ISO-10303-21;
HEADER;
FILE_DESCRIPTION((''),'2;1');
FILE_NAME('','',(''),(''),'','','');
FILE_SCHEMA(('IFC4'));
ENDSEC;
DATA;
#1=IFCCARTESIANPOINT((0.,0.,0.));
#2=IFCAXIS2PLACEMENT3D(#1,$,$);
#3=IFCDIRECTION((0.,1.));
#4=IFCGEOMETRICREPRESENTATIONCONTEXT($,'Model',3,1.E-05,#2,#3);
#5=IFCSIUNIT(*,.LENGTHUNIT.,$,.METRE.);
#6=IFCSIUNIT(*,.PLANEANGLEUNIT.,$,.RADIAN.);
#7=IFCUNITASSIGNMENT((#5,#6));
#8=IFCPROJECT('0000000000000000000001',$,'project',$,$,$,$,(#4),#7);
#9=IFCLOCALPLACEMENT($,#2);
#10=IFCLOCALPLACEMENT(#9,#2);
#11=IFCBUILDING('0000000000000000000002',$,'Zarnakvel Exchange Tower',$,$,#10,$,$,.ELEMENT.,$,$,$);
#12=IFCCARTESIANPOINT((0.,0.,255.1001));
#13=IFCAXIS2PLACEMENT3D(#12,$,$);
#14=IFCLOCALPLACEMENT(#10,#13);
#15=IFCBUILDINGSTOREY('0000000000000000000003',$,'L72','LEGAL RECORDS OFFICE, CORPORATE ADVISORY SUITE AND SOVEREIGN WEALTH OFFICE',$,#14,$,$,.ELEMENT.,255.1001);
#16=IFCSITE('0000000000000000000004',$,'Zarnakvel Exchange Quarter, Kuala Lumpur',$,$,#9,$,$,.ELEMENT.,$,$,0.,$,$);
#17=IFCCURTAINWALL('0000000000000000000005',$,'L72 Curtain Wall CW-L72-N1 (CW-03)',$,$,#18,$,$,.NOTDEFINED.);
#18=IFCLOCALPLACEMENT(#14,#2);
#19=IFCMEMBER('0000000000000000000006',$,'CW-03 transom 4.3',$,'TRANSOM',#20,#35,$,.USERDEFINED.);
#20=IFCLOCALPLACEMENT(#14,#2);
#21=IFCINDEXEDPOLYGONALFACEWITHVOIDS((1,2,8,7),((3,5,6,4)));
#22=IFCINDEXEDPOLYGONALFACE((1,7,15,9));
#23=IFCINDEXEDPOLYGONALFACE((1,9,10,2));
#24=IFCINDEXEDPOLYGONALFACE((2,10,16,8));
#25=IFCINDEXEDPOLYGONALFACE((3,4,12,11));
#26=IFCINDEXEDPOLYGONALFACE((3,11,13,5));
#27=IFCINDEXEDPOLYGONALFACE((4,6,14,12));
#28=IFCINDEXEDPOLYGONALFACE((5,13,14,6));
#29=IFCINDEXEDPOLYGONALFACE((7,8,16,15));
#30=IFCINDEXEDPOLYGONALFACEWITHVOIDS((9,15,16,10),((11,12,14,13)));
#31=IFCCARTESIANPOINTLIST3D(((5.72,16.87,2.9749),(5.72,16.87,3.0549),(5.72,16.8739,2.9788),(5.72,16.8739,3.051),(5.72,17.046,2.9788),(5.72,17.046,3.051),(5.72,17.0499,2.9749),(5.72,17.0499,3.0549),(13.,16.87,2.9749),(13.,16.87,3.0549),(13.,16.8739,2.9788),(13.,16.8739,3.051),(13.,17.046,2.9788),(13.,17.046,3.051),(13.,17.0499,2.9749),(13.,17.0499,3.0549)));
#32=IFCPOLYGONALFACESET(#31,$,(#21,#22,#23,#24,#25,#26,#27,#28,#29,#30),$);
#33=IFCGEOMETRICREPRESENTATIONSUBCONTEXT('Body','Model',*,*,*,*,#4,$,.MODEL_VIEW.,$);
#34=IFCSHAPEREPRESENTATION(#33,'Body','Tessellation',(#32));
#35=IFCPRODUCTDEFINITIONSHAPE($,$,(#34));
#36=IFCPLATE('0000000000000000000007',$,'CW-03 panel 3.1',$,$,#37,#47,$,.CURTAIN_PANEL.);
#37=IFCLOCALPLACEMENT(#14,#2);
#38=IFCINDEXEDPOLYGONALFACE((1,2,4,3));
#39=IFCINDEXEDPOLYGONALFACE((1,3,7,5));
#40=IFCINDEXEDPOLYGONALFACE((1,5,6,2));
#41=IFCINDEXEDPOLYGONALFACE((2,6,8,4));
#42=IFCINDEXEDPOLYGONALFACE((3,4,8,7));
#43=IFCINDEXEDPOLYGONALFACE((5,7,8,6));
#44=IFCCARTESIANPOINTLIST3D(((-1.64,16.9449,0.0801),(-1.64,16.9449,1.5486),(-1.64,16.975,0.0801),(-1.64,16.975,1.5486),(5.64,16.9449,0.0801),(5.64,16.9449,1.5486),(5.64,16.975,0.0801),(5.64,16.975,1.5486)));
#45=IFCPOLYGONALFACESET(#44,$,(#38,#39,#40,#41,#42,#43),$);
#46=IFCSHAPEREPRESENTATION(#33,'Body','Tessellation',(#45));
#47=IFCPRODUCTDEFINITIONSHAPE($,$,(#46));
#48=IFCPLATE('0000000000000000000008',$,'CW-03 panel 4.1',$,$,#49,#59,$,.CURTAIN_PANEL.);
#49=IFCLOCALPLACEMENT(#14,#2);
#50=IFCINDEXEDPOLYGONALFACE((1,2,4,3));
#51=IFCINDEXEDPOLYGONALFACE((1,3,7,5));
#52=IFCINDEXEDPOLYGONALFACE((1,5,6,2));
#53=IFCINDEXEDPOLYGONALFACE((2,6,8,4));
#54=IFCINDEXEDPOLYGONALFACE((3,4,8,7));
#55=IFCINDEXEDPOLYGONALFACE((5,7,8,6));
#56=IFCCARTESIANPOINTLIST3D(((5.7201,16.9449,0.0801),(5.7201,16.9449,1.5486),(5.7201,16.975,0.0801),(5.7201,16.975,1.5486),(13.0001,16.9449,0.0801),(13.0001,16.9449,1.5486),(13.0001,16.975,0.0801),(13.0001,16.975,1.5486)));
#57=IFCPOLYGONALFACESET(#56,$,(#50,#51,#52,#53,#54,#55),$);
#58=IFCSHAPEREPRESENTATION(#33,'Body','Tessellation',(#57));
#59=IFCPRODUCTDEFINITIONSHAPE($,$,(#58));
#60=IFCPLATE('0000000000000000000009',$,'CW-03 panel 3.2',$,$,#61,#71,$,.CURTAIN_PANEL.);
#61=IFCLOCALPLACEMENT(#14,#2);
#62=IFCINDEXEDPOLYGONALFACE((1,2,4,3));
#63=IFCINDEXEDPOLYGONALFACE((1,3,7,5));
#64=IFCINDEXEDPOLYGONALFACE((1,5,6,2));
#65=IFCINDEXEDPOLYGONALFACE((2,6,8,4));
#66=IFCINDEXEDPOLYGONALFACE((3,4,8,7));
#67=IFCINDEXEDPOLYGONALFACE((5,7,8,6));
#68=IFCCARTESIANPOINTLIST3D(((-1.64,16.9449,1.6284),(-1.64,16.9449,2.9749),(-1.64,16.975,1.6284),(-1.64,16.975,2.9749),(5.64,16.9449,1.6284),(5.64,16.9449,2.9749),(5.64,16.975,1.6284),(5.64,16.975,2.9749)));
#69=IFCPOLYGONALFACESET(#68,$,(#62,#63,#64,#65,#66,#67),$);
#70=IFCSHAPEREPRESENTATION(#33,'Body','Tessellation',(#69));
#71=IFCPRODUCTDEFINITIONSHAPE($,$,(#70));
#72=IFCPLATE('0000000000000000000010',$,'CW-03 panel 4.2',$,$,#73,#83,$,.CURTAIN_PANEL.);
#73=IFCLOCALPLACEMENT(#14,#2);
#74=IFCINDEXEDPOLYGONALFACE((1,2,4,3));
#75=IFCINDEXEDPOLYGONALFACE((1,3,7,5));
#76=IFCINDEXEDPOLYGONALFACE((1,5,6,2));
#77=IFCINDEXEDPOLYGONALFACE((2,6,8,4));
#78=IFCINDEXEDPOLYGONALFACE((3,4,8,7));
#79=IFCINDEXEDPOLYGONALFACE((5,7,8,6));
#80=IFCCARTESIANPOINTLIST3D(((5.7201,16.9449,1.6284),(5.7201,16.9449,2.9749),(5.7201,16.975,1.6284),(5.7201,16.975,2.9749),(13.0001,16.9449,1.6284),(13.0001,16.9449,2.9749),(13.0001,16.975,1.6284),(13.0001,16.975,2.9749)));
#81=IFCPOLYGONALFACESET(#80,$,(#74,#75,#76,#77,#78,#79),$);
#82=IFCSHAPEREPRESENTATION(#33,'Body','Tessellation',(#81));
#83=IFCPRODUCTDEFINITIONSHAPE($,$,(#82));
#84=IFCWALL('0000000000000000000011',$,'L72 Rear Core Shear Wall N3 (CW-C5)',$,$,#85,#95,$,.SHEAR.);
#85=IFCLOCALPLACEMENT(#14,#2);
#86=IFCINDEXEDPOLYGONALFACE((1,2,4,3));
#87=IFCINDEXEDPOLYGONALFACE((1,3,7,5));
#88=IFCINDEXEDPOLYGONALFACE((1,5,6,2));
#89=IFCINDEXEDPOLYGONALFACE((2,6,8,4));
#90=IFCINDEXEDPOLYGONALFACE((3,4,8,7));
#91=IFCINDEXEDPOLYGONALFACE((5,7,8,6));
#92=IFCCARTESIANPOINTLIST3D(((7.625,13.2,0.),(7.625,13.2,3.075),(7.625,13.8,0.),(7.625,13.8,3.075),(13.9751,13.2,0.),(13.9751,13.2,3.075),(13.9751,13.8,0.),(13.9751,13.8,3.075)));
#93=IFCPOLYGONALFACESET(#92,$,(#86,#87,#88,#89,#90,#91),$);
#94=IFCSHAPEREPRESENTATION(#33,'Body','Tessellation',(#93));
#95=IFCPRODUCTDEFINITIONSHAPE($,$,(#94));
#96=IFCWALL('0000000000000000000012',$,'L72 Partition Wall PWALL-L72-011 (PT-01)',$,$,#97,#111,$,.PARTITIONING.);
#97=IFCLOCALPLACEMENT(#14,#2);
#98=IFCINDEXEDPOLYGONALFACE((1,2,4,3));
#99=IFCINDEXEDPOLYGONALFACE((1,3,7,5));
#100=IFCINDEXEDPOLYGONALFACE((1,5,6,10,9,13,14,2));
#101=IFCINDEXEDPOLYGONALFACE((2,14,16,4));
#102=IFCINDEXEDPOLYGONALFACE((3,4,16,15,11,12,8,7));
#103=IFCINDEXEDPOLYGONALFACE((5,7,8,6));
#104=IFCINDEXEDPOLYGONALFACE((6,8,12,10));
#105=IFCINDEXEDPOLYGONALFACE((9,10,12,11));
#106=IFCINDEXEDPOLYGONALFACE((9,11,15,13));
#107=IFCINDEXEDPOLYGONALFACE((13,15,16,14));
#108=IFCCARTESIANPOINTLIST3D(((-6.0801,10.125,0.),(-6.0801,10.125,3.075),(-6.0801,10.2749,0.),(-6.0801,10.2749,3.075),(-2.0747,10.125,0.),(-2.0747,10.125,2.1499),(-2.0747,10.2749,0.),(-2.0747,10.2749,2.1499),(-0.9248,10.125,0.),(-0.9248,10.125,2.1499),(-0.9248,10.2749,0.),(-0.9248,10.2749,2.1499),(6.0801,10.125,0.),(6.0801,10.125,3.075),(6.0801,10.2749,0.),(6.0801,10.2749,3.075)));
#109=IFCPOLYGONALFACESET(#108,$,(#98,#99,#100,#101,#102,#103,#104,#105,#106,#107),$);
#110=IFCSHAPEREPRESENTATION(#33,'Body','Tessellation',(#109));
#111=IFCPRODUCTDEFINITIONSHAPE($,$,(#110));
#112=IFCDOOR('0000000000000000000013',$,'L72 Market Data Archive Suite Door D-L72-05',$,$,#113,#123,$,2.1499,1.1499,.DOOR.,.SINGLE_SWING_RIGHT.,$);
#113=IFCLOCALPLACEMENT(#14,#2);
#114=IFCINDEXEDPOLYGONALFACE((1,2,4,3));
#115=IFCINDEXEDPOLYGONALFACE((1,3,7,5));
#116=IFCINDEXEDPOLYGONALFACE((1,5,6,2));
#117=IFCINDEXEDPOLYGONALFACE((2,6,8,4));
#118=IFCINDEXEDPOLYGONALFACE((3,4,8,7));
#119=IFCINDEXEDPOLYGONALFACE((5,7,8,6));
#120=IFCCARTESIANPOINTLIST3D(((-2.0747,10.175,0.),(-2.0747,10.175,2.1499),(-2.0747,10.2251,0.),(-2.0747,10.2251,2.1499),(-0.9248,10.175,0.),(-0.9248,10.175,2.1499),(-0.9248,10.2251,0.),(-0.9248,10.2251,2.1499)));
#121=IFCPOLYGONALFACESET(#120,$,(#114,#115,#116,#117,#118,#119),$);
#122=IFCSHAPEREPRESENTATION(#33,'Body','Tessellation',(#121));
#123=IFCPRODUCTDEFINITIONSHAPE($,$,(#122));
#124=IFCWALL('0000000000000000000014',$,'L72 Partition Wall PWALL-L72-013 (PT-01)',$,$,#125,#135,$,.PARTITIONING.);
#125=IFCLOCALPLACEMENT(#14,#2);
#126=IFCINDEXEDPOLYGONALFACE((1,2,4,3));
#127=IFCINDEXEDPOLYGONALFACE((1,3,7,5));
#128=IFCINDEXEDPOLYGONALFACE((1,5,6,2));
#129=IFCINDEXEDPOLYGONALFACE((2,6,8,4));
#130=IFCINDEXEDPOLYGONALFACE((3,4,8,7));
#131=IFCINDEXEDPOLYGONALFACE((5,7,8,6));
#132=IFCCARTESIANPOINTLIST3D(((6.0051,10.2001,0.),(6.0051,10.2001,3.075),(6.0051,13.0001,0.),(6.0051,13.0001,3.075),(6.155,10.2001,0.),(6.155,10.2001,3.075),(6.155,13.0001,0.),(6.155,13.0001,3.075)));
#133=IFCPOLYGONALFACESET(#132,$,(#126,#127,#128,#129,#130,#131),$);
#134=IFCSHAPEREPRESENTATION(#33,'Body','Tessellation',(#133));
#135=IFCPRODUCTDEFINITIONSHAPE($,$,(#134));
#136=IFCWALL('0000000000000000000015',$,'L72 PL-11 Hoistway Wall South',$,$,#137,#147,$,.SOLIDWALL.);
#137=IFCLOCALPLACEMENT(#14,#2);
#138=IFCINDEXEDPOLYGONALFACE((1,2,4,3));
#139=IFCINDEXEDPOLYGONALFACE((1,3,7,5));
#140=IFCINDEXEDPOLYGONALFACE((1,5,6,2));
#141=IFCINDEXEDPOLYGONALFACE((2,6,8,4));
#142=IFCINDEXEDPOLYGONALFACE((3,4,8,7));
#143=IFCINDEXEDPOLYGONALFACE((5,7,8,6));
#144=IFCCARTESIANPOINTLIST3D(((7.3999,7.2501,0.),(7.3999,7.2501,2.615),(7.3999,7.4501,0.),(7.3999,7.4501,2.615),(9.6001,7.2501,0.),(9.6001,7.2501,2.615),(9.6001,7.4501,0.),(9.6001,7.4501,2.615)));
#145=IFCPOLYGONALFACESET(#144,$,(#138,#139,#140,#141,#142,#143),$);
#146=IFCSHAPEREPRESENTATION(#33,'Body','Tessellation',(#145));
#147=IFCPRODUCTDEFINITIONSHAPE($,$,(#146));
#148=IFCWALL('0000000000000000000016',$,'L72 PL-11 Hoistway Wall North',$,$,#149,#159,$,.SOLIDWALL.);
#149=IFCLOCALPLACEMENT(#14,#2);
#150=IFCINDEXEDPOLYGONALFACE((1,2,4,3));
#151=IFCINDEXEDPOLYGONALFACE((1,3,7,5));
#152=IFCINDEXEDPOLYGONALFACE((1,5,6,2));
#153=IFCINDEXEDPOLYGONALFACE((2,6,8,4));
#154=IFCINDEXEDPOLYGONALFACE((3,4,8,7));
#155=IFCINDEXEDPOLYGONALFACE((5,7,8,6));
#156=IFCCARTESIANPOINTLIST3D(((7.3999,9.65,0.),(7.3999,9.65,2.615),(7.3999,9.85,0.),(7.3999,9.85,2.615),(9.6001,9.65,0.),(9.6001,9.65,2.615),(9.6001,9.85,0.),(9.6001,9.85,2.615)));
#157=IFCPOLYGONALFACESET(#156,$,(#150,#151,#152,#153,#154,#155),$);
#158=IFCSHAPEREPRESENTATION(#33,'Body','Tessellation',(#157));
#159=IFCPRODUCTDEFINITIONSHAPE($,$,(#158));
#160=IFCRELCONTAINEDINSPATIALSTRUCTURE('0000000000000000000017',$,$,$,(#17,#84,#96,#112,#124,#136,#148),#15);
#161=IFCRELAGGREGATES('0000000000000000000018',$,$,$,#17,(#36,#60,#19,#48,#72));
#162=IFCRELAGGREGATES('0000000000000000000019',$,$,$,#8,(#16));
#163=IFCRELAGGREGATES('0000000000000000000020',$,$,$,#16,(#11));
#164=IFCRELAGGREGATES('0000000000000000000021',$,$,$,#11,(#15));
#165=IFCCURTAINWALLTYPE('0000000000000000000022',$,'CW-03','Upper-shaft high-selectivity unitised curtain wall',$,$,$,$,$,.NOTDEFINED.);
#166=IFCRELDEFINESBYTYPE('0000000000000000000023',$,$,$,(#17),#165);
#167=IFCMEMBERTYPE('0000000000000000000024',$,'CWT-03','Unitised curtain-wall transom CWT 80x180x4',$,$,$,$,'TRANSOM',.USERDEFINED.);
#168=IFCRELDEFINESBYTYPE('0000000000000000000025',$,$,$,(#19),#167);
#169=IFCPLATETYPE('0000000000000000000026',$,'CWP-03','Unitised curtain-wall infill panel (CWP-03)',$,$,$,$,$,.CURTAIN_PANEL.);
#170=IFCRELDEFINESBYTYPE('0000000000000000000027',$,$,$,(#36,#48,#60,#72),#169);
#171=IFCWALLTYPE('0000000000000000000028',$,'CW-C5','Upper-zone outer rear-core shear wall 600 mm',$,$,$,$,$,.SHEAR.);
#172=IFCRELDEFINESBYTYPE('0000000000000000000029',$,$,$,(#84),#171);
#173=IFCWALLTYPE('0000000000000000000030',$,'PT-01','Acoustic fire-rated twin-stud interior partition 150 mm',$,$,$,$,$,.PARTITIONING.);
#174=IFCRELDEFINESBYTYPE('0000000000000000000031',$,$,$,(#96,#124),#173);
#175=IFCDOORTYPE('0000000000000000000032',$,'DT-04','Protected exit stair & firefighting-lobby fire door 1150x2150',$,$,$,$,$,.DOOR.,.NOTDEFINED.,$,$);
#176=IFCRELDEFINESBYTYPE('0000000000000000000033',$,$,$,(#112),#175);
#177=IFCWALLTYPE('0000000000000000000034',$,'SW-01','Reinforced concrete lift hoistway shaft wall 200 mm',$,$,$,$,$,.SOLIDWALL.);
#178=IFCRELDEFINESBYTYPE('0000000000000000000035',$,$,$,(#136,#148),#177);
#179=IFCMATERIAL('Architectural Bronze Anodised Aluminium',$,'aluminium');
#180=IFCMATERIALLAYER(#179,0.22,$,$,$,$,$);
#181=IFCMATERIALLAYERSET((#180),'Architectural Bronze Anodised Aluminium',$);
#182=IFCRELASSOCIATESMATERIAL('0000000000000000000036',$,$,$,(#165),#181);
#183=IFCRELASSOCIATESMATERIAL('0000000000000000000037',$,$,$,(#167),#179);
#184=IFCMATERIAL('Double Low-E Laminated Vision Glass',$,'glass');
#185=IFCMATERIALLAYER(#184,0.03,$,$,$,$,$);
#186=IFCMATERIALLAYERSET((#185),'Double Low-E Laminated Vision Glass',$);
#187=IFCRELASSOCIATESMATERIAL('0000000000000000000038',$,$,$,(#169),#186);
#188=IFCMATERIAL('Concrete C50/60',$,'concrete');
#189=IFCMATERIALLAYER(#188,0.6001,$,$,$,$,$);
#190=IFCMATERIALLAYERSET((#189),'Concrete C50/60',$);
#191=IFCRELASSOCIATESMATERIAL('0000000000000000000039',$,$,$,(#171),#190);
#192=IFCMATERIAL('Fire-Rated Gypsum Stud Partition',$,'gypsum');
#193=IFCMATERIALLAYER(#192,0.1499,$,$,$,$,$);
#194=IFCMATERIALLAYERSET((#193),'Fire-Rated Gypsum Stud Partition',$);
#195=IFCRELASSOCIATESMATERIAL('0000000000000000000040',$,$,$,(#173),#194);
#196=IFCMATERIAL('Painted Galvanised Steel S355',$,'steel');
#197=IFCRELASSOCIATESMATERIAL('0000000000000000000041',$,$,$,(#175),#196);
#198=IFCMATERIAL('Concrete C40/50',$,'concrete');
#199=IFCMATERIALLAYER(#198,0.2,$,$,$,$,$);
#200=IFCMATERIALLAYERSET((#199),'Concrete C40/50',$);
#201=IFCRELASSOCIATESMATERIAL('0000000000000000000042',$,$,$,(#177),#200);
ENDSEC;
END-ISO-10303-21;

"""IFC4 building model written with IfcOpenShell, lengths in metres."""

from ifc_helpers import new_model, si_unit, direction, frame, frame_2d, origin, origin_2d, place, context, subcontext, project, spatial, rectangle, hollow_rectangle, extrude, source, transform, mapped, material, layer, layer_set, material_profile, profile_set, type_object, element, fill, aggregate, save


model = new_model("IFC4")

# Units and contexts
model_context = context("Model", 3, precision=1e-05, world=origin(), true_north=direction((0.0, 1.0)))
body_context = subcontext(model_context, "Body", "Model", "MODEL_VIEW")
ifc_project = project(units=[si_unit("LENGTHUNIT", "METRE"), si_unit("PLANEANGLEUNIT", "RADIAN")], contexts=[model_context])

# Site, building, storey
site_placement = place(None, origin())
site = spatial("IfcSite", under=ifc_project, at=site_placement, Name="Zarnakvel Exchange Quarter, Kuala Lumpur", CompositionType="ELEMENT", RefElevation=0.0)
building_placement = place(site_placement, origin())
building = spatial("IfcBuilding", under=site, at=building_placement, Name="Zarnakvel Exchange Tower", CompositionType="ELEMENT")
storey_placement = place(building_placement, frame((0.0, 0.0, 255.1001)))
storey = spatial("IfcBuildingStorey", under=building, at=storey_placement, Name="L72", Description="LEGAL RECORDS OFFICE, CORPORATE ADVISORY SUITE AND SOVEREIGN WEALTH OFFICE", CompositionType="ELEMENT", Elevation=255.1001)

# Shared definitions
ifc_material_1 = material(Name="Concrete C50/60", Category="concrete")

# Curtain wall, member, plates
ifc_material_2 = material(Name="Architectural Bronze Anodised Aluminium", Category="aluminium")
ifc_layer_1 = layer(ifc_material_2, 0.22)
ifc_layer_set_1 = layer_set([ifc_layer_1], Name="Architectural Bronze Anodised Aluminium")
curtain_wall_type = type_object("IfcCurtainWallType", Name="CW-03", Description="Upper-shaft high-selectivity unitised curtain wall", PredefinedType="NOTDEFINED", material=ifc_layer_set_1)
curtain_wall_placement = place(storey_placement, origin())
curtain_wall = element("IfcCurtainWall", 1, at=curtain_wall_placement, inside=storey, type_object=curtain_wall_type, Name="L72 Curtain Wall CW-L72-N1 (CW-03)", PredefinedType="NOTDEFINED")
ifc_material_profile_1 = material_profile(ifc_material_2, hollow_rectangle(XDim=0.1799, YDim=0.0801, WallThickness=0.0039, at=origin_2d()))
ifc_profile_set_1 = profile_set([ifc_material_profile_1], Name="Architectural Bronze Anodised Aluminium")
member_type_1 = type_object("IfcMemberType", Name="CWT-03", Description="Unitised curtain-wall transom CWT 80x180x4", ElementType="TRANSOM", PredefinedType="USERDEFINED", material=ifc_profile_set_1)
shared_shape_1 = source(origin(), body_context, "Body", "SweptSolid", [
    extrude(hollow_rectangle(XDim=0.1799, YDim=0.0801, WallThickness=0.0039, at=origin_2d()), origin(), (0.0, 0.0, 1.0), 7.28),
])
member_1_placement = place(storey_placement, frame((5.72, 16.96, 3.0149), z_axis=(1.0, 0.0, 0.0), x_axis=(0.0, 1.0, 0.0)))
member_1 = element("IfcMember", 2, at=member_1_placement, type_object=member_type_1, Name="CW-03 transom 4.3", ObjectType="TRANSOM", PredefinedType="USERDEFINED", context=body_context, shape_type="MappedRepresentation", body=[
    mapped(shared_shape_1, transform((0.0, 0.0, 0.0), x_axis=(1.0, 0.0, 0.0), y_axis=(0.0, 1.0, 0.0), z_axis=(0.0, 0.0, 1.0), scale=1.0)),
])
ifc_material_3 = material(Name="Double Low-E Laminated Vision Glass", Category="glass")
ifc_layer_2 = layer(ifc_material_3, 0.03)
ifc_layer_set_2 = layer_set([ifc_layer_2], Name="Double Low-E Laminated Vision Glass")
plate_type = type_object("IfcPlateType", Name="CWP-03", Description="Unitised curtain-wall infill panel (CWP-03)", PredefinedType="CURTAIN_PANEL", material=ifc_layer_set_2)
shared_shape_2 = source(origin(), body_context, "Body", "SweptSolid", [
    extrude(rectangle(XDim=7.28, YDim=0.03, at=origin_2d()), origin(), (0.0, 0.0, 1.0), 1.4685),
])
plate_1_placement = place(storey_placement, frame((2.0, 16.96, 0.0801), z_axis=(0.0, 0.0, 1.0), x_axis=(1.0, 0.0, 0.0)))
plate_1 = element("IfcPlate", 3, at=plate_1_placement, type_object=plate_type, Name="CW-03 panel 3.1", PredefinedType="CURTAIN_PANEL", context=body_context, shape_type="MappedRepresentation", body=[
    mapped(shared_shape_2, transform((0.0, 0.0, 0.0), x_axis=(1.0, 0.0, 0.0), y_axis=(0.0, 1.0, 0.0), z_axis=(0.0, 0.0, 1.0), scale=1.0)),
])
plate_2_placement = place(storey_placement, frame((9.3601, 16.96, 0.0801), z_axis=(0.0, 0.0, 1.0), x_axis=(1.0, 0.0, 0.0)))
plate_2 = element("IfcPlate", 4, at=plate_2_placement, type_object=plate_type, Name="CW-03 panel 4.1", PredefinedType="CURTAIN_PANEL", context=body_context, shape_type="MappedRepresentation", body=[
    mapped(shared_shape_2, transform((0.0, 0.0, 0.0), x_axis=(1.0, 0.0, 0.0), y_axis=(0.0, 1.0, 0.0), z_axis=(0.0, 0.0, 1.0), scale=1.0)),
])
shared_shape_3 = source(origin(), body_context, "Body", "SweptSolid", [
    extrude(rectangle(XDim=7.28, YDim=0.03, at=origin_2d()), origin(), (0.0, 0.0, 1.0), 1.3464),
])
plate_3_placement = place(storey_placement, frame((2.0, 16.96, 1.6284), z_axis=(0.0, 0.0, 1.0), x_axis=(1.0, 0.0, 0.0)))
plate_3 = element("IfcPlate", 5, at=plate_3_placement, type_object=plate_type, Name="CW-03 panel 3.2", PredefinedType="CURTAIN_PANEL", context=body_context, shape_type="MappedRepresentation", body=[
    mapped(shared_shape_3, transform((0.0, 0.0, 0.0), x_axis=(1.0, 0.0, 0.0), y_axis=(0.0, 1.0, 0.0), z_axis=(0.0, 0.0, 1.0), scale=1.0)),
])
plate_4_placement = place(storey_placement, frame((9.3601, 16.96, 1.6284), z_axis=(0.0, 0.0, 1.0), x_axis=(1.0, 0.0, 0.0)))
plate_4 = element("IfcPlate", 6, at=plate_4_placement, type_object=plate_type, Name="CW-03 panel 4.2", PredefinedType="CURTAIN_PANEL", context=body_context, shape_type="MappedRepresentation", body=[
    mapped(shared_shape_3, transform((0.0, 0.0, 0.0), x_axis=(1.0, 0.0, 0.0), y_axis=(0.0, 1.0, 0.0), z_axis=(0.0, 0.0, 1.0), scale=1.0)),
])
aggregate(curtain_wall, [plate_1, plate_3, member_1, plate_2, plate_4])

# Wall
ifc_layer_3 = layer(ifc_material_1, 0.6001)
ifc_layer_set_3 = layer_set([ifc_layer_3], Name="Concrete C50/60")
wall_type_1 = type_object("IfcWallType", Name="CW-C5", Description="Upper-zone outer rear-core shear wall 600 mm", PredefinedType="SHEAR", material=ifc_layer_set_3)
wall_1_placement = place(storey_placement, frame((7.625, 13.5, 0.0), z_axis=(0.0, 0.0, 1.0), x_axis=(1.0, 0.0, 0.0)))
element("IfcWall", 7, at=wall_1_placement, inside=storey, type_object=wall_type_1, Name="L72 Rear Core Shear Wall N3 (CW-C5)", PredefinedType="SHEAR", context=body_context, shape_type="SweptSolid", body=[
    extrude(rectangle(XDim=6.3501, YDim=0.6001, at=frame_2d((3.175, 0.0))), origin(), (0.0, 0.0, 1.0), 3.075),
])

# Wall, opening, door
ifc_material_4 = material(Name="Fire-Rated Gypsum Stud Partition", Category="gypsum")
ifc_layer_4 = layer(ifc_material_4, 0.1499)
ifc_layer_set_4 = layer_set([ifc_layer_4], Name="Fire-Rated Gypsum Stud Partition")
wall_type_2 = type_object("IfcWallType", Name="PT-01", Description="Acoustic fire-rated twin-stud interior partition 150 mm", PredefinedType="PARTITIONING", material=ifc_layer_set_4)
wall_2_placement = place(storey_placement, frame((6.0801, 10.2, 0.0), z_axis=(0.0, 0.0, 1.0), x_axis=(-1.0, 0.0, 0.0)))
wall_2 = element("IfcWall", 8, at=wall_2_placement, inside=storey, type_object=wall_type_2, Name="L72 Partition Wall PWALL-L72-011 (PT-01)", PredefinedType="PARTITIONING", context=body_context, shape_type="SweptSolid", body=[
    extrude(rectangle(XDim=12.1602, YDim=0.1499, at=frame_2d((6.0801, 0.0))), origin(), (0.0, 0.0, 1.0), 3.075),
])
opening_1_placement = place(wall_2_placement, frame((7.0049, 0.0, 0.0)))
opening_1 = element("IfcOpeningElement", 9, at=opening_1_placement, cuts=wall_2, PredefinedType="OPENING", context=body_context, shape_type="SweptSolid", body=[
    extrude(rectangle(XDim=1.1499, YDim=2.1499, at=frame_2d((0.575, 1.075))), frame((0.0, 0.085, 0.0), z_axis=(0.0, -1.0, 0.0), x_axis=(1.0, 0.0, 0.0)), (0.0, 0.0, 1.0), 0.1699),
])
ifc_material_5 = material(Name="Painted Galvanised Steel S355", Category="steel")
door_type_1 = type_object("IfcDoorType", Name="DT-04", Description="Protected exit stair & firefighting-lobby fire door 1150x2150", OperationType="NOTDEFINED", PredefinedType="DOOR", material=ifc_material_5)
shared_shape_4 = source(origin(), body_context, "Body", "SweptSolid", [
    extrude(rectangle(XDim=1.1499, YDim=2.1499, at=frame_2d((0.575, 1.075))), frame((0.0, 0.0249, 0.0), z_axis=(0.0, -1.0, 0.0), x_axis=(1.0, 0.0, 0.0)), (0.0, 0.0, 1.0), 0.05),
])
door_1_placement = place(opening_1_placement, origin())
door_1 = element("IfcDoor", 10, at=door_1_placement, inside=storey, type_object=door_type_1, Name="L72 Market Data Archive Suite Door D-L72-05", OperationType="SINGLE_SWING_RIGHT", OverallHeight=2.1499, OverallWidth=1.1499, PredefinedType="DOOR", context=body_context, shape_type="MappedRepresentation", body=[
    mapped(shared_shape_4, transform((0.0, 0.0, 0.0), x_axis=(1.0, 0.0, 0.0), y_axis=(0.0, 1.0, 0.0), z_axis=(0.0, 0.0, 1.0), scale=1.0)),
])
fill(opening_1, door_1)

# Walls
wall_3_placement = place(storey_placement, frame((6.0801, 13.0, 0.0), z_axis=(0.0, 0.0, 1.0), x_axis=(0.0, -1.0, 0.0)))
element("IfcWall", 11, at=wall_3_placement, inside=storey, type_object=wall_type_2, Name="L72 Partition Wall PWALL-L72-013 (PT-01)", PredefinedType="PARTITIONING", context=body_context, shape_type="SweptSolid", body=[
    extrude(rectangle(XDim=2.8, YDim=0.1499, at=frame_2d((1.3999, 0.0))), origin(), (0.0, 0.0, 1.0), 3.075),
])
ifc_material_6 = material(Name="Concrete C40/50", Category="concrete")
ifc_layer_5 = layer(ifc_material_6, 0.2)
ifc_layer_set_5 = layer_set([ifc_layer_5], Name="Concrete C40/50")
wall_type_3 = type_object("IfcWallType", Name="SW-01", Description="Reinforced concrete lift hoistway shaft wall 200 mm", PredefinedType="SOLIDWALL", material=ifc_layer_set_5)
for number, where, z_axis, x_axis, name in (
    (12, (9.6001, 7.3501, 0.0), (0.0, 0.0, 1.0), (-1.0, 0.0, 0.0), "L72 PL-11 Hoistway Wall South"),
    (13, (7.3999, 9.75, 0.0), (0.0, 0.0, 1.0), (1.0, 0.0, 0.0), "L72 PL-11 Hoistway Wall North"),
):
    element("IfcWall", number, at=place(storey_placement, frame(where, z_axis=z_axis, x_axis=x_axis)), inside=storey, type_object=wall_type_3, Name=name, PredefinedType="SOLIDWALL", context=body_context, shape_type="SweptSolid", body=[
        extrude(rectangle(XDim=2.2002, YDim=0.2, at=frame_2d((1.1001, 0.0))), origin(), (0.0, 0.0, 1.0), 2.615),
    ])

save(model, "model.ifc")
